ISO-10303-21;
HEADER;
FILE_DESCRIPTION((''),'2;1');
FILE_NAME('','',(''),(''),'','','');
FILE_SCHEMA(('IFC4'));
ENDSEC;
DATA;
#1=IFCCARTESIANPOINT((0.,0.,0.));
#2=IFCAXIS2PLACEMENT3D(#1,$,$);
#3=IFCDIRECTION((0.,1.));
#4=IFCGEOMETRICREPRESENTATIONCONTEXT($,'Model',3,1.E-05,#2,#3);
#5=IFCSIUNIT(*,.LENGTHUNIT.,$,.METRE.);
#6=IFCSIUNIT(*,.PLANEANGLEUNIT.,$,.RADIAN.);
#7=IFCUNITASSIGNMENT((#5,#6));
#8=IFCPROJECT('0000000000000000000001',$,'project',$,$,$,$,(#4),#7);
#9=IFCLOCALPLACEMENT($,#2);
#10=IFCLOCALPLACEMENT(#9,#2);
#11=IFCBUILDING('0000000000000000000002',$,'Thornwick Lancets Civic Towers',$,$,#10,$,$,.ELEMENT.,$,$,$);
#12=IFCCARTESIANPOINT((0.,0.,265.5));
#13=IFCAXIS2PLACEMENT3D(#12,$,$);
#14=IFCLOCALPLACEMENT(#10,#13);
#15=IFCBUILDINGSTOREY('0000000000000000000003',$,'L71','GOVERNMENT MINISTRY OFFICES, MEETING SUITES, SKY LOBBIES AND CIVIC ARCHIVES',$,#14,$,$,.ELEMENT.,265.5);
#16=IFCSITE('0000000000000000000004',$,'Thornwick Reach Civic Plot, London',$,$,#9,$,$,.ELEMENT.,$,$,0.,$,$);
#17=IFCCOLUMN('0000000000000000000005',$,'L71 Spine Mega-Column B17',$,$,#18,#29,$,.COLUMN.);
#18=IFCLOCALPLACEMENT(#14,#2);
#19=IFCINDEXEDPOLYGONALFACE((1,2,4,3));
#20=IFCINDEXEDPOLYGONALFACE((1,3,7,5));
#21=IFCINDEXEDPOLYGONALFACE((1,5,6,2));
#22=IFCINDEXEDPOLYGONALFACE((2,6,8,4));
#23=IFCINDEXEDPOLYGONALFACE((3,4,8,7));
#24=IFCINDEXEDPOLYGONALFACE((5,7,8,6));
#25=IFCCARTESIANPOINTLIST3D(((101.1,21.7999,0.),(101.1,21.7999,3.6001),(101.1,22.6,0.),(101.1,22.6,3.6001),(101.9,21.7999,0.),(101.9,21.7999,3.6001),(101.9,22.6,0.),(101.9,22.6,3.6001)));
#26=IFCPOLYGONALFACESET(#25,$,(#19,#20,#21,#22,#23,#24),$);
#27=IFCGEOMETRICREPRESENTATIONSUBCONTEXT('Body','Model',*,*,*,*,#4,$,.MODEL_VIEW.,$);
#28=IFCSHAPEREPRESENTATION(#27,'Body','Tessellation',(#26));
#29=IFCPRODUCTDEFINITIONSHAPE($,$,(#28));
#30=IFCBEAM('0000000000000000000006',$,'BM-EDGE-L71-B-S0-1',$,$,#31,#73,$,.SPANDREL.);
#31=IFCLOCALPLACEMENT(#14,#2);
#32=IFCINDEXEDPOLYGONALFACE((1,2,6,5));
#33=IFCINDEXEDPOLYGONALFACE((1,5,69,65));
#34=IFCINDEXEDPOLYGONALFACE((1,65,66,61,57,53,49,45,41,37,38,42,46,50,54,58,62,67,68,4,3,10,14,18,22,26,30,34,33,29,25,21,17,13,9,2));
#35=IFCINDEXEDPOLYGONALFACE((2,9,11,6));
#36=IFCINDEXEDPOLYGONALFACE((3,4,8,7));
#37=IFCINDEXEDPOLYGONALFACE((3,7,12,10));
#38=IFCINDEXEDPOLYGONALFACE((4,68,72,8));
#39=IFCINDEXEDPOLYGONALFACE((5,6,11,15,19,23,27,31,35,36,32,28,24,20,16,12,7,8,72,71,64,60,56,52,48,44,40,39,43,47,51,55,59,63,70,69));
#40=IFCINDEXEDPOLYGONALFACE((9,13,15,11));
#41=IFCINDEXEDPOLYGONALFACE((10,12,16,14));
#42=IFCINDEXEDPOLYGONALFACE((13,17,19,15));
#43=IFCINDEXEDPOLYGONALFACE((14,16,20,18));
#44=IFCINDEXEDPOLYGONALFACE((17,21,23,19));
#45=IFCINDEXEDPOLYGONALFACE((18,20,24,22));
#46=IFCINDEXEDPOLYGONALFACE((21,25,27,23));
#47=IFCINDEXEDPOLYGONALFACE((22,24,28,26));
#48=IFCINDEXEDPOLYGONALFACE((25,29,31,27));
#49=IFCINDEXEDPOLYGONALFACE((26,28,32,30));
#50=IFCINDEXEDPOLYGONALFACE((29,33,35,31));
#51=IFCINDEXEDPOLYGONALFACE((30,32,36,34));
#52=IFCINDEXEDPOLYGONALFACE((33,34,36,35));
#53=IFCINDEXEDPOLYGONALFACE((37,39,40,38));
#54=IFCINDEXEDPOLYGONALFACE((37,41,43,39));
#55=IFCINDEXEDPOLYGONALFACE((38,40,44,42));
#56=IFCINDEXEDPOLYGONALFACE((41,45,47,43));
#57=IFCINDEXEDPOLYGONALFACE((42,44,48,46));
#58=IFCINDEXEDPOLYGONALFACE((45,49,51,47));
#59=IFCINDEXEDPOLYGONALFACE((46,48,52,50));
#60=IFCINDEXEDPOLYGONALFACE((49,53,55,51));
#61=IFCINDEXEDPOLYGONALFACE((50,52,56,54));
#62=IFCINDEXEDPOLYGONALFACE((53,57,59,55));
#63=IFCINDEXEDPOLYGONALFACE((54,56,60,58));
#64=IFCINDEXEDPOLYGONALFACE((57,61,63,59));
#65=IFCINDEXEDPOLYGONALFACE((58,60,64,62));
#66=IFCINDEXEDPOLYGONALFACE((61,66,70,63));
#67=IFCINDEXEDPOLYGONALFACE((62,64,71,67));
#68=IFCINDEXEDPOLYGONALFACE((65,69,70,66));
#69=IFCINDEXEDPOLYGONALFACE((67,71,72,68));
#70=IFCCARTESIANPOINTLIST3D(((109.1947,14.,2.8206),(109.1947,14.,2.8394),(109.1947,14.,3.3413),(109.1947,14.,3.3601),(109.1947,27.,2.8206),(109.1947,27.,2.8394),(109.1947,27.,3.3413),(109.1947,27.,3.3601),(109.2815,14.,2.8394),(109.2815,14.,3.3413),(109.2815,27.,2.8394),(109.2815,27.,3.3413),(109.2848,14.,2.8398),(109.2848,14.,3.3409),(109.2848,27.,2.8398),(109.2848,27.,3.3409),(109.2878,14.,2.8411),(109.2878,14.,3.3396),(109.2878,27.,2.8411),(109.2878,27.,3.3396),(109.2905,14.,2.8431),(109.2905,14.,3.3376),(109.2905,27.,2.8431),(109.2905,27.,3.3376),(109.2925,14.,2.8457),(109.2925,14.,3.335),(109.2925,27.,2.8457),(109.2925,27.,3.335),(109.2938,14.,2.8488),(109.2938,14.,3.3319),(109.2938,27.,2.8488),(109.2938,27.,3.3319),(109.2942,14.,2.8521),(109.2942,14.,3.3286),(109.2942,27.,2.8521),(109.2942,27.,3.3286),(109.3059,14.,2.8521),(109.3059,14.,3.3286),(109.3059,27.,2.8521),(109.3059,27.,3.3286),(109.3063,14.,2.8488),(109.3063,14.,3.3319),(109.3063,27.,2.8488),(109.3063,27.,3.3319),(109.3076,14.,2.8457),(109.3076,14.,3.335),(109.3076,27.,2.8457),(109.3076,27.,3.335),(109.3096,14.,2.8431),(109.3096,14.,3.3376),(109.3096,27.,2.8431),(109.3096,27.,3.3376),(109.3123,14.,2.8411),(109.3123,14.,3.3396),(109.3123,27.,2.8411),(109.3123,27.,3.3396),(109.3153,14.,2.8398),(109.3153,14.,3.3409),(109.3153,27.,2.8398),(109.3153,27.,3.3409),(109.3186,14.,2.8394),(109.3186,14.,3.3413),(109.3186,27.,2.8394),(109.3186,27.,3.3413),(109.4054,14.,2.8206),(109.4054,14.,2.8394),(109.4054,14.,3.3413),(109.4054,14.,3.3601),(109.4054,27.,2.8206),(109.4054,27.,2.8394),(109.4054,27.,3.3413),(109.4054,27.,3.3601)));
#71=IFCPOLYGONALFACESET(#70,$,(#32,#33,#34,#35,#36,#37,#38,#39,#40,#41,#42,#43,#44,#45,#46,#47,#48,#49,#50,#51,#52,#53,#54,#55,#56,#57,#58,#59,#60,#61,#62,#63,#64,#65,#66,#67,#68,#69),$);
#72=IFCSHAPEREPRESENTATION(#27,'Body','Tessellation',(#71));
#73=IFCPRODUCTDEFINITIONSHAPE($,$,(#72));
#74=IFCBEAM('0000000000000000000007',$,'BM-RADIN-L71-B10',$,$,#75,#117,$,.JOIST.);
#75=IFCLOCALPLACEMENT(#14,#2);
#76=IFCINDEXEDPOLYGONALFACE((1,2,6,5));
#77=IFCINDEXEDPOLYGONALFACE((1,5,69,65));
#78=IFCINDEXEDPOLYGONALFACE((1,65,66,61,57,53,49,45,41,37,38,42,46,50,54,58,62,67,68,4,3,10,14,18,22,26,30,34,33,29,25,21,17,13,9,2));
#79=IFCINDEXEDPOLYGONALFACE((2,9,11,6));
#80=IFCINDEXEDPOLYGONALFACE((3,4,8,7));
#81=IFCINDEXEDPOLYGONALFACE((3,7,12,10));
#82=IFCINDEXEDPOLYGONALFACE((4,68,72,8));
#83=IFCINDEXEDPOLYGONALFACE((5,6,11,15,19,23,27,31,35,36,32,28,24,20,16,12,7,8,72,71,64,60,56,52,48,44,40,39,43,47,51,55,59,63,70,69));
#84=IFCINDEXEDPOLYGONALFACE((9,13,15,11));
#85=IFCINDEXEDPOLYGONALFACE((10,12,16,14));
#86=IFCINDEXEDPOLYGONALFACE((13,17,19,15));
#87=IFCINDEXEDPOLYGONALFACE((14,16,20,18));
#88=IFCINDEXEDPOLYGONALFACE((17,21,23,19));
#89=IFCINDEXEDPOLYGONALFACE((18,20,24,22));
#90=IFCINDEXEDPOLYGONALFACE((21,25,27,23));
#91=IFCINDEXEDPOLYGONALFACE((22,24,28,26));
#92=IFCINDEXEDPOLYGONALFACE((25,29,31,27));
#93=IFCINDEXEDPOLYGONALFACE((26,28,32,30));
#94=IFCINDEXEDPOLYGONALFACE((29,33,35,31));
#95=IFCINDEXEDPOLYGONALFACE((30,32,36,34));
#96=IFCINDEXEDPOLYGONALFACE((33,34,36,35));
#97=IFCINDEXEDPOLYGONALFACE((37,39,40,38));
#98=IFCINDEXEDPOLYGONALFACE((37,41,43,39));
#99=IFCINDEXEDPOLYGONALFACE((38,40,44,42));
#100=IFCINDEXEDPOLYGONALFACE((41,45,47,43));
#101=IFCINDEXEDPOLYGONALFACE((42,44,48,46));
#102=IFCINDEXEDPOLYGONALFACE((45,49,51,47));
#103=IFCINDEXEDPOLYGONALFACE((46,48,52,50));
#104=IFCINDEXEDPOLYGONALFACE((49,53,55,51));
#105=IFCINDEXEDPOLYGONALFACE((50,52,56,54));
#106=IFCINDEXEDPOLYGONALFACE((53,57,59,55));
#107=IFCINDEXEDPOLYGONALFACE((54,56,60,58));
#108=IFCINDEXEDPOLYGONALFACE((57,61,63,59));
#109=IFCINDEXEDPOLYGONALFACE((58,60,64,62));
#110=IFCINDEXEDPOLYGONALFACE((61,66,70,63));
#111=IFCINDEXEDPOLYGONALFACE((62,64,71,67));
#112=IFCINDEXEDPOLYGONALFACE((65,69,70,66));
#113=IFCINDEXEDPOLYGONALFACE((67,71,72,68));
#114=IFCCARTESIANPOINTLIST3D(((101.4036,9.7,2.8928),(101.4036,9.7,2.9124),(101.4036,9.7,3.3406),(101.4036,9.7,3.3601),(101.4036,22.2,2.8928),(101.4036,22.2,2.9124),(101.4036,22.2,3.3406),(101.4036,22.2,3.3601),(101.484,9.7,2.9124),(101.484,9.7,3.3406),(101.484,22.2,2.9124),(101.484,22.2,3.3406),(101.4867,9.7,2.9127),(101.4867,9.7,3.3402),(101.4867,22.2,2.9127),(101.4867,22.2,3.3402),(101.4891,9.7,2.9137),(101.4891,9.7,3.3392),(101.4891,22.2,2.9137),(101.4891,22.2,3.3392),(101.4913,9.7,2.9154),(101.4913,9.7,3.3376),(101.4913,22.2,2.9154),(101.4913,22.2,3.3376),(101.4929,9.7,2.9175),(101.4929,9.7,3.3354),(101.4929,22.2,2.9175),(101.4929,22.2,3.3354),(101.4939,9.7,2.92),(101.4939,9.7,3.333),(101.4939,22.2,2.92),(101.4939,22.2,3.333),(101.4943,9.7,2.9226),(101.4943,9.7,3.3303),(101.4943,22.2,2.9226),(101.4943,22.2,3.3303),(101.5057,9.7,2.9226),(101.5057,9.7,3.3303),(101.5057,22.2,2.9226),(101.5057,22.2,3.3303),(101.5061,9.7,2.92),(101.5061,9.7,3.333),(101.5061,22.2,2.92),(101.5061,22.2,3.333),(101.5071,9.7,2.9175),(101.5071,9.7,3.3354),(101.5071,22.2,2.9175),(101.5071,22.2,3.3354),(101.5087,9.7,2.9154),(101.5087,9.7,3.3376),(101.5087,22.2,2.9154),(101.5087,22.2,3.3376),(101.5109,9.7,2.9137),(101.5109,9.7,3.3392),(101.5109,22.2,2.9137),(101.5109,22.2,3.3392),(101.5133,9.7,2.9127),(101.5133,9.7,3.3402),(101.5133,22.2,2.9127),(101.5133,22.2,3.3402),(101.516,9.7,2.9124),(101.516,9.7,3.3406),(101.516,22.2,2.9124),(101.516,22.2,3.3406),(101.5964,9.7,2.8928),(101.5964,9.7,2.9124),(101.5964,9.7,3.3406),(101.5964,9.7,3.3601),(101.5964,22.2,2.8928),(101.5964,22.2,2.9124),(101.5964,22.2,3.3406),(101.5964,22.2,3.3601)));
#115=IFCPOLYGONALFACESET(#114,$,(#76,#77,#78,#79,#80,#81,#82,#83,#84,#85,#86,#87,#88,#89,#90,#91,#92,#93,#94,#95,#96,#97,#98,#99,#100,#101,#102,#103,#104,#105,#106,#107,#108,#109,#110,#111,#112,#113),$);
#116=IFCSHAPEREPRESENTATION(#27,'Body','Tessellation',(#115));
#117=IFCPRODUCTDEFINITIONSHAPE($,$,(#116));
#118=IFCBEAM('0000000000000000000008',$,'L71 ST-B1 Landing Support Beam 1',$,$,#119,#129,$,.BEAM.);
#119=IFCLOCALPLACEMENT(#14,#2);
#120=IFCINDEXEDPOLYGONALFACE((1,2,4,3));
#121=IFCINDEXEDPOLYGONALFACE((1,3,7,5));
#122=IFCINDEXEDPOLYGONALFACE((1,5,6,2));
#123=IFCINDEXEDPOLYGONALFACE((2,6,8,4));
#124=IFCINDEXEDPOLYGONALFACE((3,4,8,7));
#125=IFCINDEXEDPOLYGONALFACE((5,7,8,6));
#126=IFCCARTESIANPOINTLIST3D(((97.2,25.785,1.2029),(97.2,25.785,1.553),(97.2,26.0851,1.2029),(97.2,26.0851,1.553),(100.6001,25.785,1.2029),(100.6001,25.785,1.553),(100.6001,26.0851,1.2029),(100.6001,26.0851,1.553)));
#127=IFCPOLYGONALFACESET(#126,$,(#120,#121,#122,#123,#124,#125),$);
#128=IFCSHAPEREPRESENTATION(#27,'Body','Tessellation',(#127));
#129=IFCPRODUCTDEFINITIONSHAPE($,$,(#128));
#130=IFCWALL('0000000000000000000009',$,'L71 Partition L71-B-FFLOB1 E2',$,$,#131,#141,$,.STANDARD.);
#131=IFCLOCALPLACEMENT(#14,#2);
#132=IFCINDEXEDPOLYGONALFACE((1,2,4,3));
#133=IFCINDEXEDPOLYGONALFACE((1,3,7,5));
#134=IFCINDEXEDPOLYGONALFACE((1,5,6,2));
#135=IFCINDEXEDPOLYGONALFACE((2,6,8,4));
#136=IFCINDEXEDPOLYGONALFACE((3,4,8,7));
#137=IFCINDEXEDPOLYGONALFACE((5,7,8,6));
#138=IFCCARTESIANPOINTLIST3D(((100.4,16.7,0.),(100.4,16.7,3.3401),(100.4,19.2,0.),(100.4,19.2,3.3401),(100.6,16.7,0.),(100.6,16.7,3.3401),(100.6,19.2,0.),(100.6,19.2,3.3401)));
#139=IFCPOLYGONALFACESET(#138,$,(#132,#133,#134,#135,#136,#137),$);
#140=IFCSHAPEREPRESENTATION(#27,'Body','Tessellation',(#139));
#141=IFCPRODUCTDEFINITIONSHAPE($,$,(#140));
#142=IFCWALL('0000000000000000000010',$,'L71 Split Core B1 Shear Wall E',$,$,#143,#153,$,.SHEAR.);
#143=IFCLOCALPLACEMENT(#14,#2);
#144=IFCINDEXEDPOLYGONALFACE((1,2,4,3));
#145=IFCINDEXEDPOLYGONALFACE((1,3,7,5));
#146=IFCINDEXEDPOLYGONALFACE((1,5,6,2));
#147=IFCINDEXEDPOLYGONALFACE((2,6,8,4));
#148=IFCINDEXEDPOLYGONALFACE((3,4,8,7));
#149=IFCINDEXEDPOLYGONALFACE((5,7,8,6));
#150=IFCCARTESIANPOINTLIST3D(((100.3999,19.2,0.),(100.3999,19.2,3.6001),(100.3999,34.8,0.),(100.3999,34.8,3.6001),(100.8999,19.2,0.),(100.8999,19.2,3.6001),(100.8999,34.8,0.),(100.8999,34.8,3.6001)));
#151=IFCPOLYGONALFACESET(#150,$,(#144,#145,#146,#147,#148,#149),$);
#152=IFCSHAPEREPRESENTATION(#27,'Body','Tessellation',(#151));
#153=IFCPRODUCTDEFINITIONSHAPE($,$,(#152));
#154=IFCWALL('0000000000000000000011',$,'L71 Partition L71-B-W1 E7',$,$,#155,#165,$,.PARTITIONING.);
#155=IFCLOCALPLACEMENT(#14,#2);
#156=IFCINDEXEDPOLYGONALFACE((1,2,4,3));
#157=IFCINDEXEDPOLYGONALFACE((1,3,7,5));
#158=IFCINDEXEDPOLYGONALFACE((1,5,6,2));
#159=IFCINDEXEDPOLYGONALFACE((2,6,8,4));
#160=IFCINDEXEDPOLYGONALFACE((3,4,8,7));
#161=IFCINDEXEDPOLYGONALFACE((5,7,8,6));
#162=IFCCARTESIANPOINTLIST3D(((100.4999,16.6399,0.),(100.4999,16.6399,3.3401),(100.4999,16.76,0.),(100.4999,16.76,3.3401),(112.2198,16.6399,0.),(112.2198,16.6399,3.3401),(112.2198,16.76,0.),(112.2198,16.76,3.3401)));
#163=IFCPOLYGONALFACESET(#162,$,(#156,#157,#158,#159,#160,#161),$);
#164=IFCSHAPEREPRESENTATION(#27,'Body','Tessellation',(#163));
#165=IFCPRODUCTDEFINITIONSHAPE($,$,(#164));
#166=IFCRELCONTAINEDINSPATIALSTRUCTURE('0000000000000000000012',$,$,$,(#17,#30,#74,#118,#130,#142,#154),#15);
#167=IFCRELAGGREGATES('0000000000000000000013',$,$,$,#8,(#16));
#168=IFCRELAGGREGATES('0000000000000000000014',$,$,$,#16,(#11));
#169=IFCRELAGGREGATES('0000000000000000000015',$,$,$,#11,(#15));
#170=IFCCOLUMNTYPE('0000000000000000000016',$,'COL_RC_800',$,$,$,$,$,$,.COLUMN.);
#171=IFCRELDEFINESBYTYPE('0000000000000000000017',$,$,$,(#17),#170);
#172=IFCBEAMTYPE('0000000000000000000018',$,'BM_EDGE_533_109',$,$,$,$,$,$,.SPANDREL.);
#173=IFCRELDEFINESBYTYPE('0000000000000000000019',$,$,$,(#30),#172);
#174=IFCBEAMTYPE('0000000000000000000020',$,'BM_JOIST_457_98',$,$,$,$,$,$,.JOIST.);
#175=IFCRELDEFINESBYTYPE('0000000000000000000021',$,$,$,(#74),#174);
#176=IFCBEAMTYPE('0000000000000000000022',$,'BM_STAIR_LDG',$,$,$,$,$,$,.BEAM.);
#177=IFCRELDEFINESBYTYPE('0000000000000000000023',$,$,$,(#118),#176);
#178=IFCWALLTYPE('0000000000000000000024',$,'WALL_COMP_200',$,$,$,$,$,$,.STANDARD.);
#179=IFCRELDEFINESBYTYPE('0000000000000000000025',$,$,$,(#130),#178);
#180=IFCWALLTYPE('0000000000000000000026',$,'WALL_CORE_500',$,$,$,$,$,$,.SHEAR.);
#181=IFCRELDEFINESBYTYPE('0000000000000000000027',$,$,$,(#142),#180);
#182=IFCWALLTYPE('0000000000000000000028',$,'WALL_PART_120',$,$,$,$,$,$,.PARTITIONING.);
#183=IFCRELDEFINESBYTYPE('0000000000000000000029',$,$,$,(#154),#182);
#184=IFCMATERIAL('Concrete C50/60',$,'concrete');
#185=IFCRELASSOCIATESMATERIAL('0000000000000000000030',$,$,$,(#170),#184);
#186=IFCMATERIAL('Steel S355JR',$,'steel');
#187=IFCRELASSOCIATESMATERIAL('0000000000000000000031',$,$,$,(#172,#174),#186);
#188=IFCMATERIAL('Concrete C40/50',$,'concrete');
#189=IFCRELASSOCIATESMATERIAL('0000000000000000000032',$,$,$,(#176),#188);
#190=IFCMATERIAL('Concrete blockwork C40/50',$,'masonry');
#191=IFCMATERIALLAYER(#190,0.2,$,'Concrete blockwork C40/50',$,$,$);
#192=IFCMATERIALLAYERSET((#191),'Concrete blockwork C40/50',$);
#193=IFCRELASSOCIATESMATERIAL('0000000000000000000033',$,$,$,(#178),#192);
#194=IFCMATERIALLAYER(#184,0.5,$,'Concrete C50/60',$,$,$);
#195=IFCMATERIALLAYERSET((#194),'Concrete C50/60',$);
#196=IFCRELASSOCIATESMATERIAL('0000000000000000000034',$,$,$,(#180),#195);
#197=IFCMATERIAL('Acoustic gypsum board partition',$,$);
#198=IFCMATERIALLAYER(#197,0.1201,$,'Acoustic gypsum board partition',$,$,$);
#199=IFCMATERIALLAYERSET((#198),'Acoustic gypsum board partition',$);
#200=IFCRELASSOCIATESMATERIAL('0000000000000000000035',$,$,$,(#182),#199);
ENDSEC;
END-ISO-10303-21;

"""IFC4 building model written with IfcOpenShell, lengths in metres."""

from ifc_helpers import new_model, si_unit, direction, frame, frame_2d, origin, origin_2d, place, context, subcontext, project, spatial, rectangle, i_section, extrude, material, layer, layer_set, material_profile, profile_set, type_object, element, save


model = new_model("IFC4")

# Units and contexts
model_context = context("Model", 3, precision=1e-05, world=origin(), true_north=direction((0.0, 1.0)))
body_context = subcontext(model_context, "Body", "Model", "MODEL_VIEW")
ifc_project = project(units=[si_unit("LENGTHUNIT", "METRE"), si_unit("PLANEANGLEUNIT", "RADIAN")], contexts=[model_context])

# Site, building, storey
site_placement = place(None, origin())
site = spatial("IfcSite", under=ifc_project, at=site_placement, Name="Thornwick Reach Civic Plot, London", CompositionType="ELEMENT", RefElevation=0.0)
building_placement = place(site_placement, origin())
building = spatial("IfcBuilding", under=site, at=building_placement, Name="Thornwick Lancets Civic Towers", CompositionType="ELEMENT")
storey_placement = place(building_placement, frame((0.0, 0.0, 265.5)))
storey = spatial("IfcBuildingStorey", under=building, at=storey_placement, Name="L71", Description="GOVERNMENT MINISTRY OFFICES, MEETING SUITES, SKY LOBBIES AND CIVIC ARCHIVES", CompositionType="ELEMENT", Elevation=265.5)

# Column
ifc_material_1 = material(Name="Concrete C50/60", Category="concrete")
ifc_material_profile_1 = material_profile(ifc_material_1, rectangle(XDim=0.8, YDim=0.8, at=origin_2d()), Name="RC 800x800")
ifc_profile_set_1 = profile_set([ifc_material_profile_1], Name="Concrete C50/60")
column_type = type_object("IfcColumnType", Name="COL_RC_800", PredefinedType="COLUMN", material=ifc_profile_set_1)
column_placement = place(storey_placement, frame((101.5, 22.2, 0.0), z_axis=(0.0, 0.0, 1.0), x_axis=(1.0, 0.0, 0.0)))
element("IfcColumn", 1, at=column_placement, inside=storey, type_object=column_type, Name="L71 Spine Mega-Column B17", PredefinedType="COLUMN", context=body_context, shape_type="SweptSolid", body=[
    extrude(rectangle(XDim=0.8, YDim=0.8, at=origin_2d()), origin(), (0.0, 0.0, 1.0), 3.6001),
])

# Beams
ifc_material_2 = material(Name="Steel S355JR", Category="steel")
ifc_material_profile_2 = material_profile(ifc_material_2, i_section(OverallWidth=0.2107, OverallDepth=0.5396, WebThickness=0.0117, FlangeThickness=0.0188, FilletRadius=0.0127, at=origin_2d()), Name="UKB 533x210x109")
ifc_profile_set_2 = profile_set([ifc_material_profile_2], Name="Steel S355JR")
beam_type_1 = type_object("IfcBeamType", Name="BM_EDGE_533_109", PredefinedType="SPANDREL", material=ifc_profile_set_2)
beam_1_placement = place(storey_placement, frame((109.3, 14.0, 3.0903), z_axis=(0.0, 1.0, 0.0), x_axis=(-1.0, 0.0, 0.0)))
element("IfcBeam", 2, at=beam_1_placement, inside=storey, type_object=beam_type_1, Name="BM-EDGE-L71-B-S0-1", PredefinedType="SPANDREL", context=body_context, shape_type="SweptSolid", body=[
    extrude(i_section(OverallWidth=0.2107, OverallDepth=0.5396, WebThickness=0.0117, FlangeThickness=0.0188, FilletRadius=0.0127, at=origin_2d()), origin(), (0.0, 0.0, 1.0), 13.0),
])
ifc_material_profile_3 = material_profile(ifc_material_2, i_section(OverallWidth=0.1929, OverallDepth=0.4673, WebThickness=0.0115, FlangeThickness=0.0195, FilletRadius=0.0103, at=origin_2d()), Name="UKB 457x191x98")
ifc_profile_set_3 = profile_set([ifc_material_profile_3], Name="Steel S355JR")
beam_type_2 = type_object("IfcBeamType", Name="BM_JOIST_457_98", PredefinedType="JOIST", material=ifc_profile_set_3)
beam_2_placement = place(storey_placement, frame((101.5, 22.2, 3.1265), z_axis=(0.0, -1.0, 0.0), x_axis=(1.0, 0.0, 0.0)))
element("IfcBeam", 3, at=beam_2_placement, inside=storey, type_object=beam_type_2, Name="BM-RADIN-L71-B10", PredefinedType="JOIST", context=body_context, shape_type="SweptSolid", body=[
    extrude(i_section(OverallWidth=0.1929, OverallDepth=0.4673, WebThickness=0.0115, FlangeThickness=0.0195, FilletRadius=0.0103, at=origin_2d()), origin(), (0.0, 0.0, 1.0), 12.5),
])
ifc_material_3 = material(Name="Concrete C40/50", Category="concrete")
ifc_material_profile_4 = material_profile(ifc_material_3, rectangle(XDim=0.3, YDim=0.3501, at=origin_2d()), Name="RC 300x350")
ifc_profile_set_4 = profile_set([ifc_material_profile_4], Name="Concrete C40/50")
beam_type_3 = type_object("IfcBeamType", Name="BM_STAIR_LDG", PredefinedType="BEAM", material=ifc_profile_set_4)
beam_3_placement = place(storey_placement, frame((100.6001, 25.9351, 1.3779), z_axis=(-1.0, 0.0, 0.0), x_axis=(0.0, -1.0, 0.0)))
element("IfcBeam", 4, at=beam_3_placement, inside=storey, type_object=beam_type_3, Name="L71 ST-B1 Landing Support Beam 1", PredefinedType="BEAM", context=body_context, shape_type="SweptSolid", body=[
    extrude(rectangle(XDim=0.3, YDim=0.3501, at=origin_2d()), origin(), (0.0, 0.0, 1.0), 3.4001),
])

# Walls
ifc_material_4 = material(Name="Concrete blockwork C40/50", Category="masonry")
ifc_layer_1 = layer(ifc_material_4, 0.2, Name="Concrete blockwork C40/50")
ifc_layer_set_1 = layer_set([ifc_layer_1], Name="Concrete blockwork C40/50")
wall_type_1 = type_object("IfcWallType", Name="WALL_COMP_200", PredefinedType="STANDARD", material=ifc_layer_set_1)
wall_1_placement = place(storey_placement, frame((100.5, 16.7, 0.0), z_axis=(0.0, 0.0, 1.0), x_axis=(0.0, 1.0, 0.0)))
element("IfcWall", 5, at=wall_1_placement, inside=storey, type_object=wall_type_1, Name="L71 Partition L71-B-FFLOB1 E2", PredefinedType="STANDARD", context=body_context, shape_type="SweptSolid", body=[
    extrude(rectangle(XDim=2.5, YDim=0.2, at=frame_2d((1.25, 0.0))), origin(), (0.0, 0.0, 1.0), 3.3401),
])
ifc_layer_2 = layer(ifc_material_1, 0.5, Name="Concrete C50/60")
ifc_layer_set_2 = layer_set([ifc_layer_2], Name="Concrete C50/60")
wall_type_2 = type_object("IfcWallType", Name="WALL_CORE_500", PredefinedType="SHEAR", material=ifc_layer_set_2)
wall_2_placement = place(storey_placement, frame((100.6499, 19.2, 0.0), z_axis=(0.0, 0.0, 1.0), x_axis=(0.0, 1.0, 0.0)))
element("IfcWall", 6, at=wall_2_placement, inside=storey, type_object=wall_type_2, Name="L71 Split Core B1 Shear Wall E", PredefinedType="SHEAR", context=body_context, shape_type="SweptSolid", body=[
    extrude(rectangle(XDim=15.6001, YDim=0.5, at=frame_2d((7.8, 0.0))), origin(), (0.0, 0.0, 1.0), 3.6001),
])
ifc_material_5 = material(Name="Acoustic gypsum board partition")
ifc_layer_3 = layer(ifc_material_5, 0.1201, Name="Acoustic gypsum board partition")
ifc_layer_set_3 = layer_set([ifc_layer_3], Name="Acoustic gypsum board partition")
wall_type_3 = type_object("IfcWallType", Name="WALL_PART_120", PredefinedType="PARTITIONING", material=ifc_layer_set_3)
wall_3_placement = place(storey_placement, frame((100.5, 16.7, 0.0), z_axis=(0.0, 0.0, 1.0), x_axis=(1.0, 0.0, 0.0)))
element("IfcWall", 7, at=wall_3_placement, inside=storey, type_object=wall_type_3, Name="L71 Partition L71-B-W1 E7", PredefinedType="PARTITIONING", context=body_context, shape_type="SweptSolid", body=[
    extrude(rectangle(XDim=11.72, YDim=0.1201, at=frame_2d((5.8599, 0.0))), origin(), (0.0, 0.0, 1.0), 3.3401),
])

save(model, "model.ifc")
